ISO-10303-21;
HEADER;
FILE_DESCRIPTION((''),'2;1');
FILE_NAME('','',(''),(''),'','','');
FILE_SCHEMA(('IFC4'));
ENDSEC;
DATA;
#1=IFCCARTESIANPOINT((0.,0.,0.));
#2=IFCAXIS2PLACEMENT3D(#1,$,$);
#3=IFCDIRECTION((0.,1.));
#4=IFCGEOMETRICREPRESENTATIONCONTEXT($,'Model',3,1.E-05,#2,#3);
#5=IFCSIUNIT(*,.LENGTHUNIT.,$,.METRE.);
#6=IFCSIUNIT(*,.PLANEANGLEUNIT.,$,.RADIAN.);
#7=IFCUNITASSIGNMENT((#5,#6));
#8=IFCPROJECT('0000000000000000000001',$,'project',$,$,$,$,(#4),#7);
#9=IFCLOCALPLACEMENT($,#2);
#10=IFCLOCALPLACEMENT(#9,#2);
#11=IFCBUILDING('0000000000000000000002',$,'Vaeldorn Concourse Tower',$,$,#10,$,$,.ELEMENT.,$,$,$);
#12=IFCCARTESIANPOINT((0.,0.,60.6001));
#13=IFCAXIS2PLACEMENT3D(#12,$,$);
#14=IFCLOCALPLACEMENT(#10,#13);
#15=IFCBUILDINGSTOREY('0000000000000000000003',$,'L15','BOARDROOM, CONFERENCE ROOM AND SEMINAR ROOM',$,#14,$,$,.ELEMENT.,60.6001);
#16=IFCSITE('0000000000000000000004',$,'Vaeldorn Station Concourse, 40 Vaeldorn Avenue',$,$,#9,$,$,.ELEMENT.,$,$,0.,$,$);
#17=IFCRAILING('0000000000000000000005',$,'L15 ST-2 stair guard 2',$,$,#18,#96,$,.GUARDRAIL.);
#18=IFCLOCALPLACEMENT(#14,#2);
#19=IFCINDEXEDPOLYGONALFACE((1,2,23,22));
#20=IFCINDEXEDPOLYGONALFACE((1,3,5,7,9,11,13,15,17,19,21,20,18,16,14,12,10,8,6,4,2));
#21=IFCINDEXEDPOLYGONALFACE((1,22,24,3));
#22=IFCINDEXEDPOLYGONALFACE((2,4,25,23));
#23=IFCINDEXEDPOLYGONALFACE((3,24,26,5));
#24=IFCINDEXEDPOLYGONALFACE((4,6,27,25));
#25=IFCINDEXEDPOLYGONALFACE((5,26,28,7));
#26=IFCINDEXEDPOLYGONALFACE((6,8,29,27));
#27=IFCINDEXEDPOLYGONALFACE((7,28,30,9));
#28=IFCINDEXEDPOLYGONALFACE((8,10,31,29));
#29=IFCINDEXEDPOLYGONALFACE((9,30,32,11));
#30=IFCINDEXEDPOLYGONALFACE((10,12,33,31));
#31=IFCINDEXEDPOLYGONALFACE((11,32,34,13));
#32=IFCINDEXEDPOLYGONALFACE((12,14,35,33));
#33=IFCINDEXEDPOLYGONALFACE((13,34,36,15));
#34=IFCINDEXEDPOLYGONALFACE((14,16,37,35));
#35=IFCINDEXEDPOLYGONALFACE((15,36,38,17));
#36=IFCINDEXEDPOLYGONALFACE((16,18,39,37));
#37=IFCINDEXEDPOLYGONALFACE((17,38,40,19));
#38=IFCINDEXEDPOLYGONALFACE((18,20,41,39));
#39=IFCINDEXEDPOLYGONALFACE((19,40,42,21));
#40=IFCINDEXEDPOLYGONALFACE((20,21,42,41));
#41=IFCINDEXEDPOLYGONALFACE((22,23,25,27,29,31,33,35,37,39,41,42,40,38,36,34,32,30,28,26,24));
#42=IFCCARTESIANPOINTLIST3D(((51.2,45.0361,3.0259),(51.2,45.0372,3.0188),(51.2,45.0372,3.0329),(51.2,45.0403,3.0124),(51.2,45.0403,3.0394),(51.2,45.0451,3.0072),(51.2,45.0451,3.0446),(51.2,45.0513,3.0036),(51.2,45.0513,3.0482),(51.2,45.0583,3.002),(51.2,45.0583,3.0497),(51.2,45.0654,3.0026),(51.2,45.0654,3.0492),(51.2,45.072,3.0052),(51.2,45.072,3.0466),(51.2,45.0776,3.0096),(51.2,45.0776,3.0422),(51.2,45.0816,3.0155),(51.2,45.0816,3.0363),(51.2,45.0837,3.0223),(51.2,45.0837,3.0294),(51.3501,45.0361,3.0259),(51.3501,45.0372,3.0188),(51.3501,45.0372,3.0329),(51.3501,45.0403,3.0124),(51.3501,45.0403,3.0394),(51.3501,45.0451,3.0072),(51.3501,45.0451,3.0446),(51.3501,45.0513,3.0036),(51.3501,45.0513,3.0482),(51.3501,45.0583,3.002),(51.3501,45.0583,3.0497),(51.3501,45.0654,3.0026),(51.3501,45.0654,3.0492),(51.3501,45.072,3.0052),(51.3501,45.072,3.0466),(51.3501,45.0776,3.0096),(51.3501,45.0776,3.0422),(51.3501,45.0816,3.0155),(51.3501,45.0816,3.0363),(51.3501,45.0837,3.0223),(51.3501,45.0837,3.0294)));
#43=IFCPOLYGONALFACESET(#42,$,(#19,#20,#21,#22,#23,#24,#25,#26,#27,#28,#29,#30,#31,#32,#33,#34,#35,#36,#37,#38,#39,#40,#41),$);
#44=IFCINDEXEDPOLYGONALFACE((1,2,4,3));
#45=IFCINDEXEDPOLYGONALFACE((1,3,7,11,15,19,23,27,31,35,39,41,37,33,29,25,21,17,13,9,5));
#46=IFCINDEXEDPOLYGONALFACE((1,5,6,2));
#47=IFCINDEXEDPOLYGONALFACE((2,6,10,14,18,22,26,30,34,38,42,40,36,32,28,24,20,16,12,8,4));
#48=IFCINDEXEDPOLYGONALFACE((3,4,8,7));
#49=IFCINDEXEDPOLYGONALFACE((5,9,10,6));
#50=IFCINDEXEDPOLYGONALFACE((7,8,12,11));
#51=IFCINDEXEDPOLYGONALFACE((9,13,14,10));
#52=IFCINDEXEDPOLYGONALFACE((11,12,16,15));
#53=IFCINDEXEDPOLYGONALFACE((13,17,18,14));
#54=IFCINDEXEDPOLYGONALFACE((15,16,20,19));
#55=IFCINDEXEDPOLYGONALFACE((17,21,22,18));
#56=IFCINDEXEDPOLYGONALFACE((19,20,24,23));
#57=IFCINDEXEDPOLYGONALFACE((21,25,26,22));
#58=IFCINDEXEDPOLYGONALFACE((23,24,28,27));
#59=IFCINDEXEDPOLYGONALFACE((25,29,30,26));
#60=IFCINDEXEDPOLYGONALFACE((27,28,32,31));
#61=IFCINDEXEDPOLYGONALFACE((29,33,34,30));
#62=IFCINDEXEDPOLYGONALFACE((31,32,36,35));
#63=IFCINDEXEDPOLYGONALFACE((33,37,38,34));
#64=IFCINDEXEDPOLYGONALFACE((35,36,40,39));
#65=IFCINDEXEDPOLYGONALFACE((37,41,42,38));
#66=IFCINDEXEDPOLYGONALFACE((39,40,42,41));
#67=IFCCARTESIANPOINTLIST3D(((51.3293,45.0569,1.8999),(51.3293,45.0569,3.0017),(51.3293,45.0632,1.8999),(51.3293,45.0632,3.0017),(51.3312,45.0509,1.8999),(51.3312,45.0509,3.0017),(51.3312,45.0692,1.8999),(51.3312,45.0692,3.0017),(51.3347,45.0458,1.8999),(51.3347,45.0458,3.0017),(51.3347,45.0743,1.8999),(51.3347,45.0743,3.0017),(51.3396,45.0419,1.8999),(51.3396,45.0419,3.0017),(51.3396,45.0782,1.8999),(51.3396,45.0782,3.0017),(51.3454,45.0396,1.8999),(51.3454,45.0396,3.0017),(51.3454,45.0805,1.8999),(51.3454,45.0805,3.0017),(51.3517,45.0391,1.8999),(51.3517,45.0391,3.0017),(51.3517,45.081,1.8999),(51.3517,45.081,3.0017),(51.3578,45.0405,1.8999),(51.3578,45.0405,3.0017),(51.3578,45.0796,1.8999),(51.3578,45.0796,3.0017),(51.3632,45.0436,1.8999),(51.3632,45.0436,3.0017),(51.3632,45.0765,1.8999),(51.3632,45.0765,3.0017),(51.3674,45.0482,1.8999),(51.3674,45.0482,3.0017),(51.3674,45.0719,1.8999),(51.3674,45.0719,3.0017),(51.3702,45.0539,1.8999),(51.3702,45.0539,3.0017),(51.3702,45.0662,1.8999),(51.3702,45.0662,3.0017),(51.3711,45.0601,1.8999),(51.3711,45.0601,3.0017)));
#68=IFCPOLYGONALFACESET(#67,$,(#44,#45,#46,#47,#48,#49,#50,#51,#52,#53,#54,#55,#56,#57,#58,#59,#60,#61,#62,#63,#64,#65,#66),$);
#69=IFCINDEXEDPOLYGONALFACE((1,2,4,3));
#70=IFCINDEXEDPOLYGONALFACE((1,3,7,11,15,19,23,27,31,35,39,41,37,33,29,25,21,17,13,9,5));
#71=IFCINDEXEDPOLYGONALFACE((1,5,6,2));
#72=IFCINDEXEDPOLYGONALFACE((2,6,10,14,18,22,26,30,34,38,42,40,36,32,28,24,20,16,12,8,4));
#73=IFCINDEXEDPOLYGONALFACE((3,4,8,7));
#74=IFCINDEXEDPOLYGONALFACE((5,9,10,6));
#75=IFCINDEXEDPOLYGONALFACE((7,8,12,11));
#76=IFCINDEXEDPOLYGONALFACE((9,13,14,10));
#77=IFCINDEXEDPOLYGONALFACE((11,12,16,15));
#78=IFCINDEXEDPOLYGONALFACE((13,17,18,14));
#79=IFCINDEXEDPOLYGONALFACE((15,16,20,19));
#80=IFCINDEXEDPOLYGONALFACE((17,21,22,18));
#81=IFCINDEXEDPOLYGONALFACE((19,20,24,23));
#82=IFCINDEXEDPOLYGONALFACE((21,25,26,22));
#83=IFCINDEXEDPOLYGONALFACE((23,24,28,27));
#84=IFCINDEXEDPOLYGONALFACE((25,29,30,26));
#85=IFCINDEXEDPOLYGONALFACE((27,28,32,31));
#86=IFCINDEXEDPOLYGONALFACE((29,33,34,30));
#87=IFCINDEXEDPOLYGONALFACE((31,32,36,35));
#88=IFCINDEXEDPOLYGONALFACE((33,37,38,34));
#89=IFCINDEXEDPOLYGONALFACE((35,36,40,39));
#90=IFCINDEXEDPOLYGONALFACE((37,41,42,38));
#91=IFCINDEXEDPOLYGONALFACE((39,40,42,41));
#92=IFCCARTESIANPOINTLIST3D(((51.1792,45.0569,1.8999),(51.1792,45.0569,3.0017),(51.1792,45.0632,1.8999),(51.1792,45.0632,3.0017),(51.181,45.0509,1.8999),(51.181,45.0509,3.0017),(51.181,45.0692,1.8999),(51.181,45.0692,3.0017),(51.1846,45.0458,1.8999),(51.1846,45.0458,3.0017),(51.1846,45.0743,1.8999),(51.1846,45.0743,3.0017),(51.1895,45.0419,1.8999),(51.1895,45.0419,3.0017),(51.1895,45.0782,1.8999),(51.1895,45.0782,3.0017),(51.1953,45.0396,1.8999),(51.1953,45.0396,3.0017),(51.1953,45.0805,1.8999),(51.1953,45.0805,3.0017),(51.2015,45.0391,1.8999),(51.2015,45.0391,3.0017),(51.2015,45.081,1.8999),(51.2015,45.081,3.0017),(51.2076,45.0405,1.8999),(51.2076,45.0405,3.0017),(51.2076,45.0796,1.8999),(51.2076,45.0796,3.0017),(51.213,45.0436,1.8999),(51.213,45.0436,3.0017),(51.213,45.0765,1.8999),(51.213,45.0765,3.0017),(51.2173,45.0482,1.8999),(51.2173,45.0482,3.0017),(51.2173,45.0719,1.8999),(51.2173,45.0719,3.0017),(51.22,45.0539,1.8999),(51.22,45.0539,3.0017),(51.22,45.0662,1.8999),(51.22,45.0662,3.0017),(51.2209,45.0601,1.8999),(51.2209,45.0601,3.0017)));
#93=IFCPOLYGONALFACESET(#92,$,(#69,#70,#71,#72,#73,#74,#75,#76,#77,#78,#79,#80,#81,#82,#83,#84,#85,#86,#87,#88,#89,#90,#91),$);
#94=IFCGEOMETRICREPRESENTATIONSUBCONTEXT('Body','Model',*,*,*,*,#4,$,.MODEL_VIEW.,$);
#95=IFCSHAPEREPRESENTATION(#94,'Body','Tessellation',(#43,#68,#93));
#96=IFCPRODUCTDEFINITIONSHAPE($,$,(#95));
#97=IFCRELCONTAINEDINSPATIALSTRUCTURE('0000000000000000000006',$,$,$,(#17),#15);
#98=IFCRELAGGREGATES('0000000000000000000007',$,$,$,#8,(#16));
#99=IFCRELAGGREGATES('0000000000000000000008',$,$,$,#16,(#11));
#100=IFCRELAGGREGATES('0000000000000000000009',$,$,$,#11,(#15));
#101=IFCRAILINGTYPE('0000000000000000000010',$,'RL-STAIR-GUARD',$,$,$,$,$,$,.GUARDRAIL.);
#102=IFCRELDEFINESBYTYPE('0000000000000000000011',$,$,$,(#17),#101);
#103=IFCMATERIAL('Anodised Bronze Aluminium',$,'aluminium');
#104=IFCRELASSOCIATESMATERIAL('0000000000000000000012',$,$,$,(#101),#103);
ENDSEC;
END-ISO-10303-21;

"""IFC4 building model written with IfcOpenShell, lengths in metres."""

from ifc_helpers import new_model, si_unit, direction, frame, origin, origin_2d, place, context, subcontext, project, spatial, circle, extrude, material, type_object, element, save


model = new_model("IFC4")

# Units and contexts
model_context = context("Model", 3, precision=1e-05, world=origin(), true_north=direction((0.0, 1.0)))
body_context = subcontext(model_context, "Body", "Model", "MODEL_VIEW")
ifc_project = project(units=[si_unit("LENGTHUNIT", "METRE"), si_unit("PLANEANGLEUNIT", "RADIAN")], contexts=[model_context])

# Site, building, storey
site_placement = place(None, origin())
site = spatial("IfcSite", under=ifc_project, at=site_placement, Name="Vaeldorn Station Concourse, 40 Vaeldorn Avenue", CompositionType="ELEMENT", RefElevation=0.0)
building_placement = place(site_placement, origin())
building = spatial("IfcBuilding", under=site, at=building_placement, Name="Vaeldorn Concourse Tower", CompositionType="ELEMENT")
storey_placement = place(building_placement, frame((0.0, 0.0, 60.6001)))
storey = spatial("IfcBuildingStorey", under=building, at=storey_placement, Name="L15", Description="BOARDROOM, CONFERENCE ROOM AND SEMINAR ROOM", CompositionType="ELEMENT", Elevation=60.6001)

# Shared definitions
ifc_material_1 = material(Name="Anodised Bronze Aluminium", Category="aluminium")

# Railing
railing_type_1 = type_object("IfcRailingType", Name="RL-STAIR-GUARD", PredefinedType="GUARDRAIL", material=ifc_material_1)
railing_1_placement = place(storey_placement, frame((51.3501, 45.0601, 1.8999)))
element("IfcRailing", 1, at=railing_1_placement, inside=storey, type_object=railing_type_1, Name="L15 ST-2 stair guard 2", PredefinedType="GUARDRAIL", context=body_context, shape_type="SweptSolid", body=[
    extrude(circle(Radius=0.0239, at=origin_2d()), frame((0.0, 0.0, 1.126), z_axis=(-1.0, 0.0, 0.0), x_axis=(0.0, -1.0, 0.0)), (0.0, 0.0, 1.0), 0.1501),
    extrude(circle(Radius=0.021, at=origin_2d()), origin(), (0.0, 0.0, 1.0), 1.1018),
    extrude(circle(Radius=0.021, at=origin_2d()), frame((-0.1501, 0.0, 0.0)), (0.0, 0.0, 1.0), 1.1018),
])

save(model, "model.ifc")
